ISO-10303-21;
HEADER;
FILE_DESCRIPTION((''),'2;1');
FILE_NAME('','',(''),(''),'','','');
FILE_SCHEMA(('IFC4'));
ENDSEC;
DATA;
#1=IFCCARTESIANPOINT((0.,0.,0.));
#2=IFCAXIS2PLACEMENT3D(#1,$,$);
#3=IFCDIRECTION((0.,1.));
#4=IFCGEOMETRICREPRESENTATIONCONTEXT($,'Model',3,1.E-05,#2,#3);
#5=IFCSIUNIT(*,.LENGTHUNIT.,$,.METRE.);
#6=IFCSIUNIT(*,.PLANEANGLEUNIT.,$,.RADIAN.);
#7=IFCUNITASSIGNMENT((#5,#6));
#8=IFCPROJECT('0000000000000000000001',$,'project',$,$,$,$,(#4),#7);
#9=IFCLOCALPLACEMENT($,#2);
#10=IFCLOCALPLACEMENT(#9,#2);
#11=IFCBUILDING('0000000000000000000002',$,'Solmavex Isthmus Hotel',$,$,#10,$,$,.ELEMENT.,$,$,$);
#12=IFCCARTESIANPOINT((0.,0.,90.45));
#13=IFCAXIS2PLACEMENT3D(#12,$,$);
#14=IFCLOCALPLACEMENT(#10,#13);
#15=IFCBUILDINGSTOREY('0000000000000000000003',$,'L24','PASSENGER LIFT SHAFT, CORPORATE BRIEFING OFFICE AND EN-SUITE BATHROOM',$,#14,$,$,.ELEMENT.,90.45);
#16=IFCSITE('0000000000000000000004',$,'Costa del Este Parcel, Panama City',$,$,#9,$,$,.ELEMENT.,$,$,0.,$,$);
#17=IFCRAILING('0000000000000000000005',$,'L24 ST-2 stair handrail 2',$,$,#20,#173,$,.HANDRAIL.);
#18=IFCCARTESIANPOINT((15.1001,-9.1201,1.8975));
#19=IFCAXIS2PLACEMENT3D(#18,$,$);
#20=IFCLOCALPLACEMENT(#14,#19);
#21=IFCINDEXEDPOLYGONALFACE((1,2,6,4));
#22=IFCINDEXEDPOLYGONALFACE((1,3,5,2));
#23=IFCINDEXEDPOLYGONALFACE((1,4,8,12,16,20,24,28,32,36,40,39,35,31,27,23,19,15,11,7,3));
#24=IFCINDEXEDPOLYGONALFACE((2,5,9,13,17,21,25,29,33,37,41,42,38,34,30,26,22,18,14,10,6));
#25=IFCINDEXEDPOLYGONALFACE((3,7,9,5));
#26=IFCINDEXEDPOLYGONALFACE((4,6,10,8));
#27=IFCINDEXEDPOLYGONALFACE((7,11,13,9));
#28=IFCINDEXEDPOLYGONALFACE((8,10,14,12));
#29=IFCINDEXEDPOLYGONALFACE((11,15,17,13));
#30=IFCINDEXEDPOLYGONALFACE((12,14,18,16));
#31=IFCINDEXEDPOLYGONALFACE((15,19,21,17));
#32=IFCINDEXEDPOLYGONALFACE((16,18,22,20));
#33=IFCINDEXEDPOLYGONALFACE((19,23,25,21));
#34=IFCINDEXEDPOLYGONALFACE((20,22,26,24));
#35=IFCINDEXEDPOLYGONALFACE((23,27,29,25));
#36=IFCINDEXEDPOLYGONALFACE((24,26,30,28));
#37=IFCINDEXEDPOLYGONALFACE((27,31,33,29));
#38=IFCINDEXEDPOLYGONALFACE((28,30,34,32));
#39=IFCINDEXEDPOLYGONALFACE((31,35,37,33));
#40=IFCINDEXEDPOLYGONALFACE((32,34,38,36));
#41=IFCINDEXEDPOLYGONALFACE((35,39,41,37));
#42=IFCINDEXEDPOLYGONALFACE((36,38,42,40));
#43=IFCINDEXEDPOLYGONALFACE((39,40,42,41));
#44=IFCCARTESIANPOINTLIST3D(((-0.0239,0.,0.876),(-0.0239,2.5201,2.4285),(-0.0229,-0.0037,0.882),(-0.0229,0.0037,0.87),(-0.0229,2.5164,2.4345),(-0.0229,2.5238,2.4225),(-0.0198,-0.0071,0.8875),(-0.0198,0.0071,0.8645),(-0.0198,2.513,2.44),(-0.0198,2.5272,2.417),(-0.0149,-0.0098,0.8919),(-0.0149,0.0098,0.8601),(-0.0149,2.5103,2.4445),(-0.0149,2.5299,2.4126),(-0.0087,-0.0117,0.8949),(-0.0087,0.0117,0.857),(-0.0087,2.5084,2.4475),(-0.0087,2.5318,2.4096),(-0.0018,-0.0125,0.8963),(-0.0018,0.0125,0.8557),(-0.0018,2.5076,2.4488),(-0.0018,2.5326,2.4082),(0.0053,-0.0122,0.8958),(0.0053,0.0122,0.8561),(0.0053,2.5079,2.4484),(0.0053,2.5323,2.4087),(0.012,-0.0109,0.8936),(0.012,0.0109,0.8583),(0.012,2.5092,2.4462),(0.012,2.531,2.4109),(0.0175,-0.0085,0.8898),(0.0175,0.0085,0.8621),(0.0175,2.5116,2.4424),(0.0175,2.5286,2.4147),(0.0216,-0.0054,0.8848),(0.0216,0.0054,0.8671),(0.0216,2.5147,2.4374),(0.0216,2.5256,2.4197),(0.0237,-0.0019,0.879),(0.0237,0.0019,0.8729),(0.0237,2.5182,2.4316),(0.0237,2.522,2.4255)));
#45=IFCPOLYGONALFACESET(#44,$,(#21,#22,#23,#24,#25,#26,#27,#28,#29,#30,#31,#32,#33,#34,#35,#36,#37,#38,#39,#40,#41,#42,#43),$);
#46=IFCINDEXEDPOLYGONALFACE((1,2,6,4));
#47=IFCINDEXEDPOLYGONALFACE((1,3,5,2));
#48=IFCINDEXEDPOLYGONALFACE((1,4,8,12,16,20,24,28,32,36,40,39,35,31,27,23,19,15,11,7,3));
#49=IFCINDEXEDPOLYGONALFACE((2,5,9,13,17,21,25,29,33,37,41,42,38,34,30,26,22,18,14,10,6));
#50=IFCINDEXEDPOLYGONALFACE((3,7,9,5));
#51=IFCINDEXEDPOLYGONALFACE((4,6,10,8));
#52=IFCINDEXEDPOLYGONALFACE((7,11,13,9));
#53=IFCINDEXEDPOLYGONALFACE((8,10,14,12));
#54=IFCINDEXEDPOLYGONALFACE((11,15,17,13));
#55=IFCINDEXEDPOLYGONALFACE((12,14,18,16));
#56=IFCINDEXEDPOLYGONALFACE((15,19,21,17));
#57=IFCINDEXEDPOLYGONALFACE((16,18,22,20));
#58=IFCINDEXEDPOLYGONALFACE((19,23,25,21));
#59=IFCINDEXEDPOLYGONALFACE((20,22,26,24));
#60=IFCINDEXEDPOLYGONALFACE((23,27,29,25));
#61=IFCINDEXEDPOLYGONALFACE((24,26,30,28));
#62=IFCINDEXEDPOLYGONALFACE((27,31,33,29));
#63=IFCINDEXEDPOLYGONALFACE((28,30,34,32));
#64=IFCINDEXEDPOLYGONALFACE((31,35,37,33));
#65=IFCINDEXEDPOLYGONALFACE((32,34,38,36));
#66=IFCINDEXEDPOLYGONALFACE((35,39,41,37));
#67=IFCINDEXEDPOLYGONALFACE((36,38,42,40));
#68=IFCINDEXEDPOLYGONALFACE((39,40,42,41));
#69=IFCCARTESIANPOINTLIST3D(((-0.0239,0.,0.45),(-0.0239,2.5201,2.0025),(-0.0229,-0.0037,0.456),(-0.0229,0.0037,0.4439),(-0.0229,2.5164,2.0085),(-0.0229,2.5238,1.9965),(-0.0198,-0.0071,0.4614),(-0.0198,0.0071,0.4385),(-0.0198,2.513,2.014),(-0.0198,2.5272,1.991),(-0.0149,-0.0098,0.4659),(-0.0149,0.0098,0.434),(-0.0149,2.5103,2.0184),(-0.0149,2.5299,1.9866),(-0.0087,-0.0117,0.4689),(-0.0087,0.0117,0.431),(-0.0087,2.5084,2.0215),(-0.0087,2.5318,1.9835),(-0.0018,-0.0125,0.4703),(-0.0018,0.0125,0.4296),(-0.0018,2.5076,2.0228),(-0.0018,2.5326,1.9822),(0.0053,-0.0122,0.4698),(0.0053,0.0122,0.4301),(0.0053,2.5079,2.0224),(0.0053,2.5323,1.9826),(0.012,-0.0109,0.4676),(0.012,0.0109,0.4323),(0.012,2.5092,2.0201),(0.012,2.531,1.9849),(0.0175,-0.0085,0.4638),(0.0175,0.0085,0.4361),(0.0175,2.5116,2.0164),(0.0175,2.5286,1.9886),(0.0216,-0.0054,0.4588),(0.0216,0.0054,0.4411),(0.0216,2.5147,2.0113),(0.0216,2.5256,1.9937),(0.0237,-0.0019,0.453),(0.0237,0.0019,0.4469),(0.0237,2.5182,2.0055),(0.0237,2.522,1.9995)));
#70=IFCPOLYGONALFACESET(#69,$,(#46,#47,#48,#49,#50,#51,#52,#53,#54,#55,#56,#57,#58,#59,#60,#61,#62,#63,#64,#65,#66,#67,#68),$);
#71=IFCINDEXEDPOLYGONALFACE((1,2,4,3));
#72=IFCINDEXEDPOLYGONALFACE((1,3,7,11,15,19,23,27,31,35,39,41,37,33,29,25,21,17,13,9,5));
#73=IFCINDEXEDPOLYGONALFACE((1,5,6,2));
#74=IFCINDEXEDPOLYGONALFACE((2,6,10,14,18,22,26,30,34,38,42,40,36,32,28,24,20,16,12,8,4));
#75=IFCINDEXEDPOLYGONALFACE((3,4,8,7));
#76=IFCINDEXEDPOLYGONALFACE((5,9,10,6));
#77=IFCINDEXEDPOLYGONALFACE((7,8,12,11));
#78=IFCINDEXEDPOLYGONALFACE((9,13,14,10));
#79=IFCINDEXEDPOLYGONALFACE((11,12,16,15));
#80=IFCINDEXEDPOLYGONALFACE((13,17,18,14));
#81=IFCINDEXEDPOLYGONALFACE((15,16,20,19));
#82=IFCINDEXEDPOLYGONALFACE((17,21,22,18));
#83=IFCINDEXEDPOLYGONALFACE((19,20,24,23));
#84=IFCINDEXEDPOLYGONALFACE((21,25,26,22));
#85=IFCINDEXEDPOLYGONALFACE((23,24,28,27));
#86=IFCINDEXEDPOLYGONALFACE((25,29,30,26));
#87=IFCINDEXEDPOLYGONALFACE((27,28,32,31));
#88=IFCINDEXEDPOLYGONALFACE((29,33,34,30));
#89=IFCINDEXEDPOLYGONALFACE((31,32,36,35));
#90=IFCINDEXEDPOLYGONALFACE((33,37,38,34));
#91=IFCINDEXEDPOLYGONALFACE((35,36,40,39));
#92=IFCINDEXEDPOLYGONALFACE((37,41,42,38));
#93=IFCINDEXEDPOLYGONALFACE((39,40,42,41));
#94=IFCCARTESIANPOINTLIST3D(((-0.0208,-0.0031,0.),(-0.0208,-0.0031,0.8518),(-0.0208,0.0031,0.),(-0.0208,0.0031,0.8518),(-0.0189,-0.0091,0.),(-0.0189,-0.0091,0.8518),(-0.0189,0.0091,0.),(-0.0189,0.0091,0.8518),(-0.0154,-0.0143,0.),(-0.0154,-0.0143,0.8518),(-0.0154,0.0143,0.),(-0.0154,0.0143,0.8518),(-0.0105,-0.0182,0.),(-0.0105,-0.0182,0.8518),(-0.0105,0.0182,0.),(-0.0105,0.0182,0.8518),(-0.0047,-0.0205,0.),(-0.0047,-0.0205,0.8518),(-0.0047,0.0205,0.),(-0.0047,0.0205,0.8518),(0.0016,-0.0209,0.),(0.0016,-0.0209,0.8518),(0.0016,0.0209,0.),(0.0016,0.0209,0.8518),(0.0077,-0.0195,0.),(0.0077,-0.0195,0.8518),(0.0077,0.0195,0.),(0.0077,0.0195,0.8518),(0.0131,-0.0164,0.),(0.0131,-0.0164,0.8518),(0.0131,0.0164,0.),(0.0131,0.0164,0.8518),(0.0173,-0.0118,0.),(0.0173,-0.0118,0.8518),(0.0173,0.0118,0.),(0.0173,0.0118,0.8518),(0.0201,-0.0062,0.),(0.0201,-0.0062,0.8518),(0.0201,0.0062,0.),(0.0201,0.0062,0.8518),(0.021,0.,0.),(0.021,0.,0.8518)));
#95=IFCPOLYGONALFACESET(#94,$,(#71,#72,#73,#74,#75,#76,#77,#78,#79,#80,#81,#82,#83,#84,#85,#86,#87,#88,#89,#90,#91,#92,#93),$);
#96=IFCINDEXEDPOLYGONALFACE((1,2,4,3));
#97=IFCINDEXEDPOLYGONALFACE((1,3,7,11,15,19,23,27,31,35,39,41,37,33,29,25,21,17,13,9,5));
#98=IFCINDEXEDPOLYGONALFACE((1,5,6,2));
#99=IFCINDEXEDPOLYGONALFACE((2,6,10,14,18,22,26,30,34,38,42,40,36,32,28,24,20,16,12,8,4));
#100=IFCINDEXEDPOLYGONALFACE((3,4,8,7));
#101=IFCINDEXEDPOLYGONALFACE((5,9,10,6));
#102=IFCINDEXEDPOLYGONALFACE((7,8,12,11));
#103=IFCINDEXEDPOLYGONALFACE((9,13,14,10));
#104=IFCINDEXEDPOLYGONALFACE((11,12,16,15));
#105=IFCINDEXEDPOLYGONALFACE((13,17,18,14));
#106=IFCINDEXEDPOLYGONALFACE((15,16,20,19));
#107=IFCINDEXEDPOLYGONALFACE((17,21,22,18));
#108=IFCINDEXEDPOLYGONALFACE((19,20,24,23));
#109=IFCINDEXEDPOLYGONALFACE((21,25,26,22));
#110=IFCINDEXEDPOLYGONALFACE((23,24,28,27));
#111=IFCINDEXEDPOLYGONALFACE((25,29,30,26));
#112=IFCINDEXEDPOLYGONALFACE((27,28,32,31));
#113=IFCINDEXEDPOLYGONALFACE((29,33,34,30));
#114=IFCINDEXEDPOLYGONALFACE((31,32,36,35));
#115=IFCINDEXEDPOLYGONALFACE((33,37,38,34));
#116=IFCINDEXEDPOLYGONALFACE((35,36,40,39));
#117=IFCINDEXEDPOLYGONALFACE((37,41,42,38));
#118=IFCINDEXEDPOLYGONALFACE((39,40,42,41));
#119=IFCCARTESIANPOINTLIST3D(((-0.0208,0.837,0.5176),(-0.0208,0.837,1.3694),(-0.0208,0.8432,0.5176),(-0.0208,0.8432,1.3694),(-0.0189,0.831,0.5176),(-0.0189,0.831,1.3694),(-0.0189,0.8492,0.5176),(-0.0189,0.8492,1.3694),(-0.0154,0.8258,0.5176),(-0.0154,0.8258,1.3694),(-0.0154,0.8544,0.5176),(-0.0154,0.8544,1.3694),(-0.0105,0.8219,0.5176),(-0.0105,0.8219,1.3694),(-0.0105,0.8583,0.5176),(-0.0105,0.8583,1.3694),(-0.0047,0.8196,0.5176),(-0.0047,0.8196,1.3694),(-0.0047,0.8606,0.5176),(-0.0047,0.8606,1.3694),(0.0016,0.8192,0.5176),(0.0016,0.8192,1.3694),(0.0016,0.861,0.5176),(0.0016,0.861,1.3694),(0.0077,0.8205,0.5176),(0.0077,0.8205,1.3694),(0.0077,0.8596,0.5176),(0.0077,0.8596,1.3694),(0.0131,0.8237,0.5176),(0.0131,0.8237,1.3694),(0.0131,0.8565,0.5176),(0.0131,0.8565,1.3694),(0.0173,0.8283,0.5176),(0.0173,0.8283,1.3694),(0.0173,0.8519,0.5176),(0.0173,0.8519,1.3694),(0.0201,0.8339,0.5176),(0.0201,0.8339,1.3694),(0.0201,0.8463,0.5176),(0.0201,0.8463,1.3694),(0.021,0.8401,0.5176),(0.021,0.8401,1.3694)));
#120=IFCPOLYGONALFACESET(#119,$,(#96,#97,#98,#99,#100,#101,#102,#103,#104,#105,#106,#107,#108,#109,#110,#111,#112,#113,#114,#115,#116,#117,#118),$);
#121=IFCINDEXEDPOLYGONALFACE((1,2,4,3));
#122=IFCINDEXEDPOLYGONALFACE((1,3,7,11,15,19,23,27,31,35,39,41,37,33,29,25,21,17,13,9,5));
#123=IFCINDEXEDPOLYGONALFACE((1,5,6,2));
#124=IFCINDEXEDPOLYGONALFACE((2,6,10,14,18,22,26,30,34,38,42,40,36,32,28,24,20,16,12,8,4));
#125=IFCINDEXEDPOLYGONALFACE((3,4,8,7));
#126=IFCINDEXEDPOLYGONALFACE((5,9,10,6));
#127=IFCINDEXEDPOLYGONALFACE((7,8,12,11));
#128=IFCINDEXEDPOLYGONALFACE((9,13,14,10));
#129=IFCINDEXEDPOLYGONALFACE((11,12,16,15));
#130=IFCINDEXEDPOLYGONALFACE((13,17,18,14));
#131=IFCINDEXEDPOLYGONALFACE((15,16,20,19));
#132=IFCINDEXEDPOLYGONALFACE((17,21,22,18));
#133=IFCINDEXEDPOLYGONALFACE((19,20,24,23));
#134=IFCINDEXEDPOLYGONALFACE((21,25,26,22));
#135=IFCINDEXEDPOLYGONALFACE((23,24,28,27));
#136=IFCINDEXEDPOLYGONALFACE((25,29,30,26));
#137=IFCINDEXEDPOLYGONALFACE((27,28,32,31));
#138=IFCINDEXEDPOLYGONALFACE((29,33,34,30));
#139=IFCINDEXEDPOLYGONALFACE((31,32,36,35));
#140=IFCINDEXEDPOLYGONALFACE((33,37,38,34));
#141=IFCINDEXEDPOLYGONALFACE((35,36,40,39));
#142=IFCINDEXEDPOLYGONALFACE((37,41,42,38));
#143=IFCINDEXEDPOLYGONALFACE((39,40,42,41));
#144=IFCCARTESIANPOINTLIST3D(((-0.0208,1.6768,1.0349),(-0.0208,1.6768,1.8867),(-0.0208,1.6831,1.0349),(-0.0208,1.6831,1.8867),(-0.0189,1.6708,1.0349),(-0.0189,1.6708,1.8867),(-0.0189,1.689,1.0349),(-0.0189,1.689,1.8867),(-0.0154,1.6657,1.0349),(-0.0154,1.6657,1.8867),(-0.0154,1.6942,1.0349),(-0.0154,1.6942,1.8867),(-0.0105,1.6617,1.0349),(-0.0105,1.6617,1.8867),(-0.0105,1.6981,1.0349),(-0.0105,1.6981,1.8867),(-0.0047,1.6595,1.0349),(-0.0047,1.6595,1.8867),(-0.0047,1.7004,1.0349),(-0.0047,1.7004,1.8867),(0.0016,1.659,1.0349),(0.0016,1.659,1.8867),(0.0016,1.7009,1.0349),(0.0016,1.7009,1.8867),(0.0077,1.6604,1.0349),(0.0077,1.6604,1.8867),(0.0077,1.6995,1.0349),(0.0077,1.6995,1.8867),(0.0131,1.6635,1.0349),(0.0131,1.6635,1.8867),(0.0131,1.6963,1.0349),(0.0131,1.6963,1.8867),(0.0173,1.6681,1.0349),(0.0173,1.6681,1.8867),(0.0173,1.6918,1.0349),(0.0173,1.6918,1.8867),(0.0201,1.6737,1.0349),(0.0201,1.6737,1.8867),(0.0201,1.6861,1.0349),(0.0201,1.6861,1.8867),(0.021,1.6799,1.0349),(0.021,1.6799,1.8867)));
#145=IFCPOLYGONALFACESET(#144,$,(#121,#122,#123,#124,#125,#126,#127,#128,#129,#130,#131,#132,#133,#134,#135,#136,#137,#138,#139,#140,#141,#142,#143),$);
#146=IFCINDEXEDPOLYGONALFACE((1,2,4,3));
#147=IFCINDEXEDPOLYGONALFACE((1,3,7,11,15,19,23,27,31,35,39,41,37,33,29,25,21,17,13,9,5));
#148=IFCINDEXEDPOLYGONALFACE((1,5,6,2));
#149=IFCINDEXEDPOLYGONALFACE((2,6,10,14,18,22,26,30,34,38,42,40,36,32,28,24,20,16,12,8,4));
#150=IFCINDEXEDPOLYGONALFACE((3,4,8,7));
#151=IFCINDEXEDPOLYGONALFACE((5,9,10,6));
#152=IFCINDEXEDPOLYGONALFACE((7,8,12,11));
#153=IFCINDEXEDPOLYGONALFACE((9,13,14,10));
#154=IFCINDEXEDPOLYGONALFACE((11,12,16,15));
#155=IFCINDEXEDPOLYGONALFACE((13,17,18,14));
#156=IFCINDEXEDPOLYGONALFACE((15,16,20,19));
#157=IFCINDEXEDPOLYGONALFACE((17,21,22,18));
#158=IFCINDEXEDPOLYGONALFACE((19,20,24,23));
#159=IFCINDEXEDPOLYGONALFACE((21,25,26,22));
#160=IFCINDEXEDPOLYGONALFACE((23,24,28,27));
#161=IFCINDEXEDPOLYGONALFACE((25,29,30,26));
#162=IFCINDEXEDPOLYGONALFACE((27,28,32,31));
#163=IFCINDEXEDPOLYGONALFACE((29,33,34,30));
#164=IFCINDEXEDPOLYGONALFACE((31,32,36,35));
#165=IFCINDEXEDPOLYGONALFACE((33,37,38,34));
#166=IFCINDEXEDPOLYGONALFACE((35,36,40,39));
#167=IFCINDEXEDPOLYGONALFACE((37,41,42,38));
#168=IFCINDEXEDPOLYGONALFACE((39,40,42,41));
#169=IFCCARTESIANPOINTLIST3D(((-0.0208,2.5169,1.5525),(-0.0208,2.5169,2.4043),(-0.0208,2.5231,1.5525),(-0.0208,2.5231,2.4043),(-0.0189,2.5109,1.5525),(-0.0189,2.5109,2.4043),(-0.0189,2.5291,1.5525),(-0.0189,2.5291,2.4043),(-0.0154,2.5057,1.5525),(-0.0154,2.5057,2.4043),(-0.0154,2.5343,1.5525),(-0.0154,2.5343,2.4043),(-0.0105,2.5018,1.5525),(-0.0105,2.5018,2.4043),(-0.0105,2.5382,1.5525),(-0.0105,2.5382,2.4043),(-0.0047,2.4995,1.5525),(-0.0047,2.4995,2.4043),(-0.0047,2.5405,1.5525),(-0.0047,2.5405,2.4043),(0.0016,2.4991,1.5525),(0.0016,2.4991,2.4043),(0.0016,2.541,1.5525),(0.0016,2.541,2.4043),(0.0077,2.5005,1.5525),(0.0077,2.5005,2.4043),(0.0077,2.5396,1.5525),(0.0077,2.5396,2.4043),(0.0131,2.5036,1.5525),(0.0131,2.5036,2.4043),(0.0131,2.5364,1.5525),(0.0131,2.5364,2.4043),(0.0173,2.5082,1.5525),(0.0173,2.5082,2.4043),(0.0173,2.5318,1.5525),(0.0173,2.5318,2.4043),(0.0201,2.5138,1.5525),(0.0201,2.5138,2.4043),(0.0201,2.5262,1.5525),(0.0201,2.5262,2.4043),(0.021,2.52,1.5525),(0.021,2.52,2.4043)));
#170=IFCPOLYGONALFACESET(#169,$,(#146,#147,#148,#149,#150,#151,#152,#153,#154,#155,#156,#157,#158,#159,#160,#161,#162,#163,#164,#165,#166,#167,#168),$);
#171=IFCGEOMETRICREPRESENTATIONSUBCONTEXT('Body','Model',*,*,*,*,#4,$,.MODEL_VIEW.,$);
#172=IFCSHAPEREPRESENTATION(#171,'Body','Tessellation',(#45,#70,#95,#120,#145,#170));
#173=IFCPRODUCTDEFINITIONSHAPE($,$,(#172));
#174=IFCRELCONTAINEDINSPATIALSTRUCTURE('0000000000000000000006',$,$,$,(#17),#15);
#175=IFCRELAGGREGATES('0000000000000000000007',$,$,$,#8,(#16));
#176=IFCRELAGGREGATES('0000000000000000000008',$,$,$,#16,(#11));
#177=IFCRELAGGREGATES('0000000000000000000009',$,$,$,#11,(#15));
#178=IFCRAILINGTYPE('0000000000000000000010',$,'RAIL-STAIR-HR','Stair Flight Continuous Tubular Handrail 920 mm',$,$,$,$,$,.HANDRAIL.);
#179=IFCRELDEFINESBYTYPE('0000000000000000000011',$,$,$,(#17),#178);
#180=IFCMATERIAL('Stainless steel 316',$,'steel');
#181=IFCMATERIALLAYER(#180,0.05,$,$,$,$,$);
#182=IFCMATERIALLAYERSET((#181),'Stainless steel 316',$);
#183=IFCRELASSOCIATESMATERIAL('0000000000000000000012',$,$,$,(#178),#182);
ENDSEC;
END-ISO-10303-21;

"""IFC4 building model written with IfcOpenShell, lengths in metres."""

from ifc_helpers import new_model, si_unit, direction, frame, origin, origin_2d, place, context, subcontext, project, spatial, circle, extrude, material, layer, layer_set, type_object, element, save


model = new_model("IFC4")

# Units and contexts
model_context = context("Model", 3, precision=1e-05, world=origin(), true_north=direction((0.0, 1.0)))
body_context = subcontext(model_context, "Body", "Model", "MODEL_VIEW")
ifc_project = project(units=[si_unit("LENGTHUNIT", "METRE"), si_unit("PLANEANGLEUNIT", "RADIAN")], contexts=[model_context])

# Site, building, storey
site_placement = place(None, origin())
site = spatial("IfcSite", under=ifc_project, at=site_placement, Name="Costa del Este Parcel, Panama City", CompositionType="ELEMENT", RefElevation=0.0)
building_placement = place(site_placement, origin())
building = spatial("IfcBuilding", under=site, at=building_placement, Name="Solmavex Isthmus Hotel", CompositionType="ELEMENT")
storey_placement = place(building_placement, frame((0.0, 0.0, 90.45)))
storey = spatial("IfcBuildingStorey", under=building, at=storey_placement, Name="L24", Description="PASSENGER LIFT SHAFT, CORPORATE BRIEFING OFFICE AND EN-SUITE BATHROOM", CompositionType="ELEMENT", Elevation=90.45)

# Railing
ifc_material_1 = material(Name="Stainless steel 316", Category="steel")
ifc_layer_1 = layer(ifc_material_1, 0.05)
ifc_layer_set_1 = layer_set([ifc_layer_1], Name="Stainless steel 316")
railing_type = type_object("IfcRailingType", Name="RAIL-STAIR-HR", Description="Stair Flight Continuous Tubular Handrail 920 mm", PredefinedType="HANDRAIL", material=ifc_layer_set_1)
railing_placement = place(storey_placement, frame((15.1001, -9.1201, 1.8975)))
element("IfcRailing", 1, at=railing_placement, inside=storey, type_object=railing_type, Name="L24 ST-2 stair handrail 2", PredefinedType="HANDRAIL", context=body_context, shape_type="SweptSolid", body=[
    extrude(circle(Radius=0.0239, at=origin_2d()), frame((0.0, 0.0, 0.876), z_axis=(0.0, 0.8514, 0.524516), x_axis=(-1.0, 0.0, 0.0)), (0.0, 0.0, 1.0), 2.96),
    extrude(circle(Radius=0.0239, at=origin_2d()), frame((0.0, 0.0, 0.45), z_axis=(0.0, 0.8514, 0.524516), x_axis=(-1.0, 0.0, 0.0)), (0.0, 0.0, 1.0), 2.96),
    extrude(circle(Radius=0.021, at=origin_2d()), origin(), (0.0, 0.0, 1.0), 0.8518),
    extrude(circle(Radius=0.021, at=origin_2d()), frame((0.0, 0.8401, 0.5176)), (0.0, 0.0, 1.0), 0.8518),
    extrude(circle(Radius=0.021, at=origin_2d()), frame((0.0, 1.6799, 1.0349)), (0.0, 0.0, 1.0), 0.8518),
    extrude(circle(Radius=0.021, at=origin_2d()), frame((0.0, 2.52, 1.5525)), (0.0, 0.0, 1.0), 0.8518),
])

save(model, "model.ifc")
